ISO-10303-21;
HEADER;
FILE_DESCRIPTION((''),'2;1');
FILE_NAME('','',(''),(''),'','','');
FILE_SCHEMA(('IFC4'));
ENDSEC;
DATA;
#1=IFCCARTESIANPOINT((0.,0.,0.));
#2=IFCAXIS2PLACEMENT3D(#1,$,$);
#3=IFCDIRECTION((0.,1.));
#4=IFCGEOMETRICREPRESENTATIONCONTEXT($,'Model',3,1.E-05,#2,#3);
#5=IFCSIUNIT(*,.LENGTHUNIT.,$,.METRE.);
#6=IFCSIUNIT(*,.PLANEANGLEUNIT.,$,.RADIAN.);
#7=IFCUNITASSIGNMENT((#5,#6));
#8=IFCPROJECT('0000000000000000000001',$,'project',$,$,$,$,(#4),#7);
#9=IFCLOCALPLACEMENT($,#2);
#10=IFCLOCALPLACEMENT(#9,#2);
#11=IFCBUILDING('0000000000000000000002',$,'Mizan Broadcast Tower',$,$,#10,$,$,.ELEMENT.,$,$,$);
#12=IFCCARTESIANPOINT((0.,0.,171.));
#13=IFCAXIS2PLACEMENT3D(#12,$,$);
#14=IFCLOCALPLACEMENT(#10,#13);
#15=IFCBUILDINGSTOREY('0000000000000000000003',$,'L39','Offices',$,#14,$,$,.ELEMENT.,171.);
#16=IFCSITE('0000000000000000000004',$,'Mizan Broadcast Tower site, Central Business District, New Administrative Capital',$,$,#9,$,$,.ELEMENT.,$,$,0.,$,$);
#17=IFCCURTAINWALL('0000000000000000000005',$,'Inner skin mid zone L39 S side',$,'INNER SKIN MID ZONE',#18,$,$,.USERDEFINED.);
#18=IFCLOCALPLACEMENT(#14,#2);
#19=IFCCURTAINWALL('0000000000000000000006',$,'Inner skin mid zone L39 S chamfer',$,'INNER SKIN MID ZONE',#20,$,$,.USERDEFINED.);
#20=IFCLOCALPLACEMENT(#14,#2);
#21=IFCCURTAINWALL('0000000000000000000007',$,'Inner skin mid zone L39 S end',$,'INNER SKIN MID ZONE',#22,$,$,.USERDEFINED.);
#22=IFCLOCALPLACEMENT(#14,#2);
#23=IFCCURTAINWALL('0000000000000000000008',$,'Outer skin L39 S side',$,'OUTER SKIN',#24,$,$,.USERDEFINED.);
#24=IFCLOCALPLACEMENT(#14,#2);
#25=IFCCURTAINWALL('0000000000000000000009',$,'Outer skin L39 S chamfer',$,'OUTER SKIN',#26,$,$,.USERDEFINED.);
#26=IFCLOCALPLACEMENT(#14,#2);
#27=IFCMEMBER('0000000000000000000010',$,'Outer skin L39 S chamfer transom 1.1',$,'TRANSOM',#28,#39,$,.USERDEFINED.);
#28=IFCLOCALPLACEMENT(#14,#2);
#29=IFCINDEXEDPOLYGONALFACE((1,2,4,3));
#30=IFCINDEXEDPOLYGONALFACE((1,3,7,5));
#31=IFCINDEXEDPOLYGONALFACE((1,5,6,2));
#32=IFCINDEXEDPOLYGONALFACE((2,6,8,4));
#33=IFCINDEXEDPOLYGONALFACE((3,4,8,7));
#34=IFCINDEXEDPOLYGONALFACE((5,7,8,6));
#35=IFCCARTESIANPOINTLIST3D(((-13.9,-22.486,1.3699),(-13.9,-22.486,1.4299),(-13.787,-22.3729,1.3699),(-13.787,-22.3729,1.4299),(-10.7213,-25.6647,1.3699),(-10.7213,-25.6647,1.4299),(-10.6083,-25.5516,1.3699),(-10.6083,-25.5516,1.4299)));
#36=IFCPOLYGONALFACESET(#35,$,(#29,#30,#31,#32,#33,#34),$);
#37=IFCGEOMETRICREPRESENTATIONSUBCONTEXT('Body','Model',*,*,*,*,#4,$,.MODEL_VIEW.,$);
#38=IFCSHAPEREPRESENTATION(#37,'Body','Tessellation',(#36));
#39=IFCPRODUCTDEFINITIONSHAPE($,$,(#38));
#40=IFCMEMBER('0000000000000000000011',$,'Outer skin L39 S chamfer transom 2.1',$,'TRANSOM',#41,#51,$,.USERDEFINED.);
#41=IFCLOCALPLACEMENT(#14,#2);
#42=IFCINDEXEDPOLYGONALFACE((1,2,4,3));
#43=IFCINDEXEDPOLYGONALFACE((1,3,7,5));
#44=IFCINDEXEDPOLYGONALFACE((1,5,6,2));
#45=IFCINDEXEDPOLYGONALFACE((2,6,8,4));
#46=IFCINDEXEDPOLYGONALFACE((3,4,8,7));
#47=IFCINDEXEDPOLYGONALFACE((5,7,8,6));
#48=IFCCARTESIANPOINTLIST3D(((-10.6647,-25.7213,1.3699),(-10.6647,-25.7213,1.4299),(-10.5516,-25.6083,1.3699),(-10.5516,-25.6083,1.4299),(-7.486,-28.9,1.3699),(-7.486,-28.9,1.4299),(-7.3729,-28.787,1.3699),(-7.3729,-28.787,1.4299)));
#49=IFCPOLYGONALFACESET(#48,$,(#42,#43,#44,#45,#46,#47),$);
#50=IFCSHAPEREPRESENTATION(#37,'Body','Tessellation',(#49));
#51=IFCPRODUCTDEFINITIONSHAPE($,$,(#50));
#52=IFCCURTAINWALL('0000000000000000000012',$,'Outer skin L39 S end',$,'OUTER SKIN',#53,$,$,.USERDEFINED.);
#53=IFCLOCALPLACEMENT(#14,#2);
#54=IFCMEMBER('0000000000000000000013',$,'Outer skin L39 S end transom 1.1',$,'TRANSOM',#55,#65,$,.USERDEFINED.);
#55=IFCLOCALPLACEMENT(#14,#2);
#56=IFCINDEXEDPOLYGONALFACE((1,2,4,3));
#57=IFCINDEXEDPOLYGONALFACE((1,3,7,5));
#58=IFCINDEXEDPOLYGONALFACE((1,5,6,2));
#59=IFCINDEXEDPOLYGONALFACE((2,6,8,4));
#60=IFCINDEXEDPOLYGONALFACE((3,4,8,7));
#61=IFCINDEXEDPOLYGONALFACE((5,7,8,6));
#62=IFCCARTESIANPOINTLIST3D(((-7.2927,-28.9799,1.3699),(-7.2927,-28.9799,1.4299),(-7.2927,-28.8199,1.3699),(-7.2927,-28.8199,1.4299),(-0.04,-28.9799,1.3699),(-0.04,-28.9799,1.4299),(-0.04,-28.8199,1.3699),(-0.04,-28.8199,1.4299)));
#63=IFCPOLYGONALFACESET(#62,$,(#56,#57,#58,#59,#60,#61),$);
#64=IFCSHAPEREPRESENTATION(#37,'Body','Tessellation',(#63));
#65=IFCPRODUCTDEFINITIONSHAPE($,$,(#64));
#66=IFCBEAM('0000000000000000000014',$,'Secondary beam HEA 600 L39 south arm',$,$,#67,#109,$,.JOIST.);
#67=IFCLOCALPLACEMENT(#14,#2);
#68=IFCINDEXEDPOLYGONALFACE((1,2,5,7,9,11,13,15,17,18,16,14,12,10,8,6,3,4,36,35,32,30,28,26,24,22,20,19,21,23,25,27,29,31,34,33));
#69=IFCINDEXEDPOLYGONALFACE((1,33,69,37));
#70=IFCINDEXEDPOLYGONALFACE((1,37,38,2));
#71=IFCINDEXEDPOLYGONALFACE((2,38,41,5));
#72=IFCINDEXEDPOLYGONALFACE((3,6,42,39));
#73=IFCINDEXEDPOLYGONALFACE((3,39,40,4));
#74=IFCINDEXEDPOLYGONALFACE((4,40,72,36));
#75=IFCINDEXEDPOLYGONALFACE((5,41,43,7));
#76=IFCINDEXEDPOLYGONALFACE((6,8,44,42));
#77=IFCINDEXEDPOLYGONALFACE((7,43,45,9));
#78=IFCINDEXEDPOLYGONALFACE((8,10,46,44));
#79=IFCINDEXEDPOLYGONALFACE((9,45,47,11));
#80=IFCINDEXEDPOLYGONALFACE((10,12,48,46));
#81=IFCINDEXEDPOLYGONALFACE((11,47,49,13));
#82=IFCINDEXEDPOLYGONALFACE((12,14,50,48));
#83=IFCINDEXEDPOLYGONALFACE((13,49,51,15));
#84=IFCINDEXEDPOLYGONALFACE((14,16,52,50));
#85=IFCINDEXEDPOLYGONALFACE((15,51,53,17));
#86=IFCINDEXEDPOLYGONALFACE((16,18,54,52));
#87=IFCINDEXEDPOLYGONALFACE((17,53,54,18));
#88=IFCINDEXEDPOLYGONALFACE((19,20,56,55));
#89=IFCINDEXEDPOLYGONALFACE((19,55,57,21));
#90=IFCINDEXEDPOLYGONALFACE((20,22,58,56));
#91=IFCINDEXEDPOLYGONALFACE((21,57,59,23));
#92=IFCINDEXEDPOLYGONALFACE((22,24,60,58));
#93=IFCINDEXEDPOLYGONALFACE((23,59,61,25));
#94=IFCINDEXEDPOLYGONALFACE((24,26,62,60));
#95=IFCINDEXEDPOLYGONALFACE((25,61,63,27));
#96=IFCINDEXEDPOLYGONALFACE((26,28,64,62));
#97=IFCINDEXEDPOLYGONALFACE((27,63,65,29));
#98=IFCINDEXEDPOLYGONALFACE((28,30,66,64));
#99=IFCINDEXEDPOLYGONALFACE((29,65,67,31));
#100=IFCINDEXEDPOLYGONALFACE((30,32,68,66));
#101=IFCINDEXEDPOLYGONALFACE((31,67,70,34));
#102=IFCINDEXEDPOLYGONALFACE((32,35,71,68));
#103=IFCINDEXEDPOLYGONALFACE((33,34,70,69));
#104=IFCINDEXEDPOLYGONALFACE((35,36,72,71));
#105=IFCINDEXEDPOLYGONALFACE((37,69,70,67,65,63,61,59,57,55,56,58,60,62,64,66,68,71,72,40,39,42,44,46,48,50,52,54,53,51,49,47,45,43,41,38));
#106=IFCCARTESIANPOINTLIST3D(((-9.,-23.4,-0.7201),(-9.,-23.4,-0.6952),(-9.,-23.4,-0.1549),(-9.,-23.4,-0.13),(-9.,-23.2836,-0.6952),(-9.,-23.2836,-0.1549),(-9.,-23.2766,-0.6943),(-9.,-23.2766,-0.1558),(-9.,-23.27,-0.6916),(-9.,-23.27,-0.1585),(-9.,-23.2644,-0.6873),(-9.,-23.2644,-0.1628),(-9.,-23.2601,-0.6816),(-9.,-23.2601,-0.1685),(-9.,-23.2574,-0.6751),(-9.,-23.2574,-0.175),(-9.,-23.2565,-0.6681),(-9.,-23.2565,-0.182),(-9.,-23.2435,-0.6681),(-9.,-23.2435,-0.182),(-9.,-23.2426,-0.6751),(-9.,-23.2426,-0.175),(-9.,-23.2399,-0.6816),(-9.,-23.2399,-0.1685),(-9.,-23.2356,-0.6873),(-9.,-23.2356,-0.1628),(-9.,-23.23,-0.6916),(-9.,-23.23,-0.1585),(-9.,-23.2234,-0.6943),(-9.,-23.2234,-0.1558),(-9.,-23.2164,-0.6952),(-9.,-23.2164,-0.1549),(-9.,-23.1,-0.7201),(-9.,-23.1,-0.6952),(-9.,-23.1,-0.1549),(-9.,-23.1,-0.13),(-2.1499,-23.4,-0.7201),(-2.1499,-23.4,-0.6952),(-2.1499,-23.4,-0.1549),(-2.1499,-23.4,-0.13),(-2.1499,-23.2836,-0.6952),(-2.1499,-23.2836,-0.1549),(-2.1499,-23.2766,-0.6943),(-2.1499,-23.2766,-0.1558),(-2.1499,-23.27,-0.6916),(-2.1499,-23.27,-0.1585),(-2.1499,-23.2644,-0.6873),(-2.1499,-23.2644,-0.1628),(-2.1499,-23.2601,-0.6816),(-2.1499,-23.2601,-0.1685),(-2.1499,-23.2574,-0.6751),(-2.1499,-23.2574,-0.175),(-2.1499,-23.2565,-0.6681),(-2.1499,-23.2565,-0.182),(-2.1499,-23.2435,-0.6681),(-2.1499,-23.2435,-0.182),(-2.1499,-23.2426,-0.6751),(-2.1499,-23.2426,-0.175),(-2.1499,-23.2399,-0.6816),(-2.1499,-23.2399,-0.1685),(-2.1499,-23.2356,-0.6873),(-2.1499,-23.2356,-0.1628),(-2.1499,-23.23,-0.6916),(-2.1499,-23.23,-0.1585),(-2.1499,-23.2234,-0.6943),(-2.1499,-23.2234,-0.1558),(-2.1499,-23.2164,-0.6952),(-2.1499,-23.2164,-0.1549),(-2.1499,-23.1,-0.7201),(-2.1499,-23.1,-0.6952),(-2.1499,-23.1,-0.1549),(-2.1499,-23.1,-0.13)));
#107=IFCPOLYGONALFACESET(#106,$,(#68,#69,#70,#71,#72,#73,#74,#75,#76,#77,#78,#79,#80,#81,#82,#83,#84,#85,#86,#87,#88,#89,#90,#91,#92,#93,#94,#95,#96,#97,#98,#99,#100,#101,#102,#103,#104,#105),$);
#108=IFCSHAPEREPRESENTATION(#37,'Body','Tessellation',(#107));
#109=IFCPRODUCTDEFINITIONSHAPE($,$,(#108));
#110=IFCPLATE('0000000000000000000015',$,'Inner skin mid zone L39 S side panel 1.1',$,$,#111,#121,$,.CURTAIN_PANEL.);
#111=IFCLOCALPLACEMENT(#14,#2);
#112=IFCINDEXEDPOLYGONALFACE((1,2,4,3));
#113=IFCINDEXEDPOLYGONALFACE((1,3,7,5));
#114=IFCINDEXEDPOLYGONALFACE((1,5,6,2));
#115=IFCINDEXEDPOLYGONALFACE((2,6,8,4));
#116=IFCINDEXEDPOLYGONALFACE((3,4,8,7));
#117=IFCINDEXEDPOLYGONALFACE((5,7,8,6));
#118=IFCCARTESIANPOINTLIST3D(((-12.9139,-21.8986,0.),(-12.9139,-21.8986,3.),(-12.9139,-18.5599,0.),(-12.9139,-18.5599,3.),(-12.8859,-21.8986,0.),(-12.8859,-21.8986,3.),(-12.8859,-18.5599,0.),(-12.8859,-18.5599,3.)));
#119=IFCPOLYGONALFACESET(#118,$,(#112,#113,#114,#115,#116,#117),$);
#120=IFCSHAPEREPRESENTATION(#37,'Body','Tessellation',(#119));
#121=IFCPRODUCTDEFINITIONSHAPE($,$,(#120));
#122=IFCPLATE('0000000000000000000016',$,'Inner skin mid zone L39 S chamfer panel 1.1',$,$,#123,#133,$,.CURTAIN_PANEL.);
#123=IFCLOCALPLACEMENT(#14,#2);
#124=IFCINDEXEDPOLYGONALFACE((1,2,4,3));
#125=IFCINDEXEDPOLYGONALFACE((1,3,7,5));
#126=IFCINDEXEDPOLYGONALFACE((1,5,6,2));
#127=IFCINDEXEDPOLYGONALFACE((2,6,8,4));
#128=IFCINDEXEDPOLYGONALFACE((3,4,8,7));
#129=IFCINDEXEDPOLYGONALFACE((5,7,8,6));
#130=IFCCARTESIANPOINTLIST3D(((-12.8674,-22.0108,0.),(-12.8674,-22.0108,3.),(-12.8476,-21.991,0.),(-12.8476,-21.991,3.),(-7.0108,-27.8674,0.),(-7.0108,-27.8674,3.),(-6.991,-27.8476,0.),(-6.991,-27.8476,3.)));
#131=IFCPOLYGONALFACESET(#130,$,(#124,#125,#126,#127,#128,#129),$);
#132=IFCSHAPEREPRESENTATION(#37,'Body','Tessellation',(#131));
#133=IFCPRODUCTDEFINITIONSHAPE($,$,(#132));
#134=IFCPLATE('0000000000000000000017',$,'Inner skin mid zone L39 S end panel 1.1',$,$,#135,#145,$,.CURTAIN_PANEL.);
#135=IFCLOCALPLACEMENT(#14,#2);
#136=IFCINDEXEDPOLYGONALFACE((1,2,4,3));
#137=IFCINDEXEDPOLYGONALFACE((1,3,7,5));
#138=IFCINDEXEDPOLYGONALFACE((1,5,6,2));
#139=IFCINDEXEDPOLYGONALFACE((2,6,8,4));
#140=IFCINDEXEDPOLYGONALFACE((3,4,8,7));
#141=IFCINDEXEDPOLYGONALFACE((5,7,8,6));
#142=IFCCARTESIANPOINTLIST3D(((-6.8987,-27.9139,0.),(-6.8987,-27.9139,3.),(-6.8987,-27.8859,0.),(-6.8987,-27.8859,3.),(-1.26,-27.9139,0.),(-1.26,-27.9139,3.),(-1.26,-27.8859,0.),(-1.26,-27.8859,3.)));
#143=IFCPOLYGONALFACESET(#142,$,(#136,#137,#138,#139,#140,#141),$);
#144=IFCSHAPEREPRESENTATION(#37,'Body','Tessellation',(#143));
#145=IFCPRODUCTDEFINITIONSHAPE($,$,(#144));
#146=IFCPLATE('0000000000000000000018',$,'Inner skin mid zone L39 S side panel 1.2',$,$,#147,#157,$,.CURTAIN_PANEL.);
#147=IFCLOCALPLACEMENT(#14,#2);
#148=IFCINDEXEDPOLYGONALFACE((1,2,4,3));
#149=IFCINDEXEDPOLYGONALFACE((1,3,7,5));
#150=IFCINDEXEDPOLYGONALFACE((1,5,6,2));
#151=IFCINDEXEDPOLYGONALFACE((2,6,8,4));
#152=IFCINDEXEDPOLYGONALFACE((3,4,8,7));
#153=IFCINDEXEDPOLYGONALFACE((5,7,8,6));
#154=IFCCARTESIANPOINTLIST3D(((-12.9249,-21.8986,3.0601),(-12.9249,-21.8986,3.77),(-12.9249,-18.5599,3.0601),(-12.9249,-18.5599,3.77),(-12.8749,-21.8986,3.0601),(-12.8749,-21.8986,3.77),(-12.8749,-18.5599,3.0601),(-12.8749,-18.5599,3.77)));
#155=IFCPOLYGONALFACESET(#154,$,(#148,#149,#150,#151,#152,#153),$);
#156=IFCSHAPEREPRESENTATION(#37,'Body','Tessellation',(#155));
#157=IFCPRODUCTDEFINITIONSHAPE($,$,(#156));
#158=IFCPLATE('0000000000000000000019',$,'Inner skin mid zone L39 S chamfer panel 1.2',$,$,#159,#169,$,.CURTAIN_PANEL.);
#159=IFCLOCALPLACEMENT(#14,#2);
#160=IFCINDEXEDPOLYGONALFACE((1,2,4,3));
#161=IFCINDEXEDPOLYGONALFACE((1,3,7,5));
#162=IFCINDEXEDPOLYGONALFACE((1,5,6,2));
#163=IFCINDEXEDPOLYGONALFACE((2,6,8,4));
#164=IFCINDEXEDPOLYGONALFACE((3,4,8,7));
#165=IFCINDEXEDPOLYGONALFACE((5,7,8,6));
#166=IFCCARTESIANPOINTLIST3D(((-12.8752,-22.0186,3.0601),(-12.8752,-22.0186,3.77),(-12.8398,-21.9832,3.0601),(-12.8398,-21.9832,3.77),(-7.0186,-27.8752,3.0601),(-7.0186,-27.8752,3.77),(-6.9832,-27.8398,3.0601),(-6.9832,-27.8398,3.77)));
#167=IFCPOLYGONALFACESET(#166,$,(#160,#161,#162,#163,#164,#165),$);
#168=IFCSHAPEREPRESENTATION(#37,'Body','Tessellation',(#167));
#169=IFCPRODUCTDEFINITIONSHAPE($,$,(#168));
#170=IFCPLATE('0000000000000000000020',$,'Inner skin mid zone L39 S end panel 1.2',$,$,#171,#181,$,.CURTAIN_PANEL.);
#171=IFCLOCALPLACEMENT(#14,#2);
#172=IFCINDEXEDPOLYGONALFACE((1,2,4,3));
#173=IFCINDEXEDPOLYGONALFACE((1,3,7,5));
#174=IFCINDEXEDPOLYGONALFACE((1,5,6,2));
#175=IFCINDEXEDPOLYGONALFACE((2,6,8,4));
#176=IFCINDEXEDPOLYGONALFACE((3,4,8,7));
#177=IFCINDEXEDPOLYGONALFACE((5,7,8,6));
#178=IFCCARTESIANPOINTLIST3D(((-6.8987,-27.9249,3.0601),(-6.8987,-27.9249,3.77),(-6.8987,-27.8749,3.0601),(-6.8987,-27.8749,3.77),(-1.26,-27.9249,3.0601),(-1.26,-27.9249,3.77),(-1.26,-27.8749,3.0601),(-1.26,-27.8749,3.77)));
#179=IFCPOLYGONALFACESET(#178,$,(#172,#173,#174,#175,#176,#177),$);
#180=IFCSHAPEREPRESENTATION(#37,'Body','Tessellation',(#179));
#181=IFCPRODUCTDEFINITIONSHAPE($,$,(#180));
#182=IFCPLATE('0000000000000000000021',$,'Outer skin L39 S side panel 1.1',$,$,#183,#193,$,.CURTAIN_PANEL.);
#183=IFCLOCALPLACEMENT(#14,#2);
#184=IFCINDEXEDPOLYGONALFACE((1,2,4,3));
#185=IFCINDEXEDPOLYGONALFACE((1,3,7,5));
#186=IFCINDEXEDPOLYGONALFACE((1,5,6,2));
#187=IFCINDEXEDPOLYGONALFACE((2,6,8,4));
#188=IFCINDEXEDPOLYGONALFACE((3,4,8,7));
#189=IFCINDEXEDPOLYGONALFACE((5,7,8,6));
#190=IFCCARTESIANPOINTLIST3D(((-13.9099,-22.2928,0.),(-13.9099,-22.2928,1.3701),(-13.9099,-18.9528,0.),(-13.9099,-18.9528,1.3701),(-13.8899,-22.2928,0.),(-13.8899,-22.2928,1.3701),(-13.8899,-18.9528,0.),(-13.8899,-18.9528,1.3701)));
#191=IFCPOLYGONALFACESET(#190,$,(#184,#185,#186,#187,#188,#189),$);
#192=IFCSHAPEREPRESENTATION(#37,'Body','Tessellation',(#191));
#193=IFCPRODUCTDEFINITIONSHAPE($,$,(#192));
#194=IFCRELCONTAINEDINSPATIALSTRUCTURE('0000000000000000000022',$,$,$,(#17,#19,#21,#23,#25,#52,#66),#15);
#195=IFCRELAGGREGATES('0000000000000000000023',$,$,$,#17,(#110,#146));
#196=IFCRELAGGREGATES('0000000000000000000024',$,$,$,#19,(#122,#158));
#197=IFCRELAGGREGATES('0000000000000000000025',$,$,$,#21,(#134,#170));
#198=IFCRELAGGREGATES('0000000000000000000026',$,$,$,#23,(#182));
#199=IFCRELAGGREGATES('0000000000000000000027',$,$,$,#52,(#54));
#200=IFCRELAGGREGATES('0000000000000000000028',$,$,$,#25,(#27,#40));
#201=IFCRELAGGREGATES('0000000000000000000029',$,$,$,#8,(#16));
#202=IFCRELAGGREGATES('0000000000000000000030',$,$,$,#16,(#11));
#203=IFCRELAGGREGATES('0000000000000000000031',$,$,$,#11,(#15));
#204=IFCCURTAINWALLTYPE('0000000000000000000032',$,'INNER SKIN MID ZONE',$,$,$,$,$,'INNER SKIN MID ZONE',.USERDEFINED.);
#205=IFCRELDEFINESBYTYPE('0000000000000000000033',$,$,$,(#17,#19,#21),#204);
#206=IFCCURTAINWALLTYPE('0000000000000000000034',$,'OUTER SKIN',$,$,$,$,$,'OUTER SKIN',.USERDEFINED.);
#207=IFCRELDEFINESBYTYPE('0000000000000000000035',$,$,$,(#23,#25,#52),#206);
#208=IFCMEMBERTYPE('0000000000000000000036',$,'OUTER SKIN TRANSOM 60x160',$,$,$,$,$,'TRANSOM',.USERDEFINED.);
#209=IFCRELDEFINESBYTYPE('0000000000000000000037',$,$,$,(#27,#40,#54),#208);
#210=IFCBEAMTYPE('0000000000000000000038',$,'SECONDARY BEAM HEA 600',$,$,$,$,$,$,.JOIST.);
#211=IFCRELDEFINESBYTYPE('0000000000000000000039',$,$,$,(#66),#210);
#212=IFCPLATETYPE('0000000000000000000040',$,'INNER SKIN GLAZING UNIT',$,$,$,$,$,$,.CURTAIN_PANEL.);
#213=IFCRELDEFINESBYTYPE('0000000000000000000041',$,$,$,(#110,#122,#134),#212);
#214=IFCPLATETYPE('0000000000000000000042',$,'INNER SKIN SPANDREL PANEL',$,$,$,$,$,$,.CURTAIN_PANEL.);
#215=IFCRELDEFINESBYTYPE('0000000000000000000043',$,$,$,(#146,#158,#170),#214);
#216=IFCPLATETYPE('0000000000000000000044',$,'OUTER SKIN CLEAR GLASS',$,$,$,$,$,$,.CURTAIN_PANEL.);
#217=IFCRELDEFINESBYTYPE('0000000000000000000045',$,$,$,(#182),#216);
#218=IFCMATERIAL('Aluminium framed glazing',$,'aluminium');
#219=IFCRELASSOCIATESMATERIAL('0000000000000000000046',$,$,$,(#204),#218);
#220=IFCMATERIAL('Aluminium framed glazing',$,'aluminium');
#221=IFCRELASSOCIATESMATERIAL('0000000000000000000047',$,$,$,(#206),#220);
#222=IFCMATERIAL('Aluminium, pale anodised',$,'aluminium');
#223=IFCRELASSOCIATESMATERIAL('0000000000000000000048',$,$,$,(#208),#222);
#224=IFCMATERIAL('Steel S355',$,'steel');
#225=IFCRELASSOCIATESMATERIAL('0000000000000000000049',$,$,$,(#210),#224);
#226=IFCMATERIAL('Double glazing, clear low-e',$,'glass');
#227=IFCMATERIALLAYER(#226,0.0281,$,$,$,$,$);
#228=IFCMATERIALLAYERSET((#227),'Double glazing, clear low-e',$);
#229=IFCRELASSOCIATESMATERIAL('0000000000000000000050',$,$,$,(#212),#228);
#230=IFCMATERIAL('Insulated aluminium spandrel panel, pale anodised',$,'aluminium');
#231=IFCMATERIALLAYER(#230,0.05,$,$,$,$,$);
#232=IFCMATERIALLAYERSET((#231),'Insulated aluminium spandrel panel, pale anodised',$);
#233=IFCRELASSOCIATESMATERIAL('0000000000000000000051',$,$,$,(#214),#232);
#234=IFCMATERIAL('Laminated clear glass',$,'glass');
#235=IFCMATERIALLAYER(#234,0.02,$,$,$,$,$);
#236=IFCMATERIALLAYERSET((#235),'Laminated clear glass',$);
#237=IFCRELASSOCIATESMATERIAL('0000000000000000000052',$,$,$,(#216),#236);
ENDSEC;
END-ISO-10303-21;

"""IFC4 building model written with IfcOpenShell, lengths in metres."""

from ifc_helpers import new_model, si_unit, direction, frame, origin, origin_2d, place, context, subcontext, project, spatial, rectangle, i_section, extrude, material, layer, layer_set, material_profile, profile_set, type_object, element, aggregate, save


model = new_model("IFC4")

# Units and contexts
model_context = context("Model", 3, precision=1e-05, world=origin(), true_north=direction((0.0, 1.0)))
body_context = subcontext(model_context, "Body", "Model", "MODEL_VIEW")
ifc_project = project(units=[si_unit("LENGTHUNIT", "METRE"), si_unit("PLANEANGLEUNIT", "RADIAN")], contexts=[model_context])

# Site, building, storey
site_placement = place(None, origin())
site = spatial("IfcSite", under=ifc_project, at=site_placement, Name="Mizan Broadcast Tower site, Central Business District, New Administrative Capital", CompositionType="ELEMENT", RefElevation=0.0)
building_placement = place(site_placement, origin())
building = spatial("IfcBuilding", under=site, at=building_placement, Name="Mizan Broadcast Tower", CompositionType="ELEMENT")
storey_placement = place(building_placement, frame((0.0, 0.0, 171.0)))
storey = spatial("IfcBuildingStorey", under=building, at=storey_placement, Name="L39", Description="Offices", CompositionType="ELEMENT", Elevation=171.0)

# Curtain walls
ifc_material_1 = material(Name="Aluminium framed glazing", Category="aluminium")
curtain_wall_type_1 = type_object("IfcCurtainWallType", Name="INNER SKIN MID ZONE", ElementType="INNER SKIN MID ZONE", PredefinedType="USERDEFINED", material=ifc_material_1)
curtain_wall_1_placement = place(storey_placement, origin())
curtain_wall_1 = element("IfcCurtainWall", 1, at=curtain_wall_1_placement, inside=storey, type_object=curtain_wall_type_1, Name="Inner skin mid zone L39 S side", ObjectType="INNER SKIN MID ZONE", PredefinedType="USERDEFINED")
curtain_wall_2_placement = place(storey_placement, origin())
curtain_wall_2 = element("IfcCurtainWall", 2, at=curtain_wall_2_placement, inside=storey, type_object=curtain_wall_type_1, Name="Inner skin mid zone L39 S chamfer", ObjectType="INNER SKIN MID ZONE", PredefinedType="USERDEFINED")
curtain_wall_3_placement = place(storey_placement, origin())
curtain_wall_3 = element("IfcCurtainWall", 3, at=curtain_wall_3_placement, inside=storey, type_object=curtain_wall_type_1, Name="Inner skin mid zone L39 S end", ObjectType="INNER SKIN MID ZONE", PredefinedType="USERDEFINED")

# Curtain wall
ifc_material_2 = material(Name="Aluminium framed glazing", Category="aluminium")
curtain_wall_type_2 = type_object("IfcCurtainWallType", Name="OUTER SKIN", ElementType="OUTER SKIN", PredefinedType="USERDEFINED", material=ifc_material_2)
curtain_wall_4_placement = place(storey_placement, origin())
curtain_wall_4 = element("IfcCurtainWall", 4, at=curtain_wall_4_placement, inside=storey, type_object=curtain_wall_type_2, Name="Outer skin L39 S side", ObjectType="OUTER SKIN", PredefinedType="USERDEFINED")

# Curtain wall, members
curtain_wall_5_placement = place(storey_placement, origin())
curtain_wall_5 = element("IfcCurtainWall", 5, at=curtain_wall_5_placement, inside=storey, type_object=curtain_wall_type_2, Name="Outer skin L39 S chamfer", ObjectType="OUTER SKIN", PredefinedType="USERDEFINED")
ifc_material_3 = material(Name="Aluminium, pale anodised", Category="aluminium")
ifc_material_profile_1 = material_profile(ifc_material_3, rectangle(XDim=0.1599, YDim=0.0601, at=origin_2d()), Name="TRANSOM 160x60")
ifc_profile_set_1 = profile_set([ifc_material_profile_1], Name="Aluminium, pale anodised")
member_type_1 = type_object("IfcMemberType", Name="OUTER SKIN TRANSOM 60x160", ElementType="TRANSOM", PredefinedType="USERDEFINED", material=ifc_profile_set_1)
member_1_placement = place(storey_placement, frame((-13.8435, -22.4294, 1.3999), z_axis=(0.707107, -0.707107, 0.0), x_axis=(0.707107, 0.707107, 0.0)))
member_1 = element("IfcMember", 6, at=member_1_placement, type_object=member_type_1, Name="Outer skin L39 S chamfer transom 1.1", ObjectType="TRANSOM", PredefinedType="USERDEFINED", context=body_context, shape_type="SweptSolid", body=[
    extrude(rectangle(XDim=0.1599, YDim=0.0601, at=origin_2d()), origin(), (0.0, 0.0, 1.0), 4.4954),
])
member_2_placement = place(storey_placement, frame((-10.6082, -25.6648, 1.3999), z_axis=(0.707107, -0.707107, 0.0), x_axis=(0.707107, 0.707107, 0.0)))
member_2 = element("IfcMember", 7, at=member_2_placement, type_object=member_type_1, Name="Outer skin L39 S chamfer transom 2.1", ObjectType="TRANSOM", PredefinedType="USERDEFINED", context=body_context, shape_type="SweptSolid", body=[
    extrude(rectangle(XDim=0.1599, YDim=0.0601, at=origin_2d()), origin(), (0.0, 0.0, 1.0), 4.4954),
])

# Curtain wall, member
curtain_wall_6_placement = place(storey_placement, origin())
curtain_wall_6 = element("IfcCurtainWall", 8, at=curtain_wall_6_placement, inside=storey, type_object=curtain_wall_type_2, Name="Outer skin L39 S end", ObjectType="OUTER SKIN", PredefinedType="USERDEFINED")
member_3_placement = place(storey_placement, frame((-7.2927, -28.8999, 1.3999), z_axis=(1.0, 0.0, 0.0), x_axis=(0.0, 1.0, 0.0)))
member_3 = element("IfcMember", 9, at=member_3_placement, type_object=member_type_1, Name="Outer skin L39 S end transom 1.1", ObjectType="TRANSOM", PredefinedType="USERDEFINED", context=body_context, shape_type="SweptSolid", body=[
    extrude(rectangle(XDim=0.1599, YDim=0.0601, at=origin_2d()), origin(), (0.0, 0.0, 1.0), 7.2527),
])

# Beam
ifc_material_4 = material(Name="Steel S355", Category="steel")
ifc_material_profile_2 = material_profile(ifc_material_4, i_section(OverallWidth=0.3, OverallDepth=0.5901, WebThickness=0.0129, FlangeThickness=0.0249, FilletRadius=0.0271, at=origin_2d()), Name="HEA 600")
ifc_profile_set_2 = profile_set([ifc_material_profile_2], Name="Steel S355")
beam_type_1 = type_object("IfcBeamType", Name="SECONDARY BEAM HEA 600", PredefinedType="JOIST", material=ifc_profile_set_2)
beam_1_placement = place(storey_placement, frame((-9.0, -23.25, -0.425), z_axis=(1.0, 0.0, 0.0), x_axis=(0.0, 1.0, 0.0)))
element("IfcBeam", 10, at=beam_1_placement, inside=storey, type_object=beam_type_1, Name="Secondary beam HEA 600 L39 south arm", PredefinedType="JOIST", context=body_context, shape_type="SweptSolid", body=[
    extrude(i_section(OverallWidth=0.3, OverallDepth=0.5901, WebThickness=0.0129, FlangeThickness=0.0249, FilletRadius=0.0271, at=origin_2d()), origin(), (0.0, 0.0, 1.0), 6.8501),
])

# Plates
ifc_material_5 = material(Name="Double glazing, clear low-e", Category="glass")
ifc_layer_1 = layer(ifc_material_5, 0.0281)
ifc_layer_set_1 = layer_set([ifc_layer_1], Name="Double glazing, clear low-e")
plate_type_1 = type_object("IfcPlateType", Name="INNER SKIN GLAZING UNIT", PredefinedType="CURTAIN_PANEL", material=ifc_layer_set_1)
plate_1_placement = place(storey_placement, frame((-12.8999, -20.2292, 0.0), z_axis=(0.0, 0.0, 1.0), x_axis=(0.0, -1.0, 0.0)))
plate_1 = element("IfcPlate", 11, at=plate_1_placement, type_object=plate_type_1, Name="Inner skin mid zone L39 S side panel 1.1", PredefinedType="CURTAIN_PANEL", context=body_context, shape_type="SweptSolid", body=[
    extrude(rectangle(XDim=3.3386, YDim=0.0281, at=origin_2d()), origin(), (0.0, 0.0, 1.0), 3.0),
])
plate_2_placement = place(storey_placement, frame((-9.9292, -24.9292, 0.0), z_axis=(0.0, 0.0, 1.0), x_axis=(0.707107, -0.707107, 0.0)))
plate_2 = element("IfcPlate", 12, at=plate_2_placement, type_object=plate_type_1, Name="Inner skin mid zone L39 S chamfer panel 1.1", PredefinedType="CURTAIN_PANEL", context=body_context, shape_type="SweptSolid", body=[
    extrude(rectangle(XDim=8.2825, YDim=0.0281, at=origin_2d()), origin(), (0.0, 0.0, 1.0), 3.0),
])
plate_3_placement = place(storey_placement, frame((-4.0793, -27.8999, 0.0), z_axis=(0.0, 0.0, 1.0), x_axis=(1.0, 0.0, 0.0)))
plate_3 = element("IfcPlate", 13, at=plate_3_placement, type_object=plate_type_1, Name="Inner skin mid zone L39 S end panel 1.1", PredefinedType="CURTAIN_PANEL", context=body_context, shape_type="SweptSolid", body=[
    extrude(rectangle(XDim=5.6387, YDim=0.0281, at=origin_2d()), origin(), (0.0, 0.0, 1.0), 3.0),
])
ifc_material_6 = material(Name="Insulated aluminium spandrel panel, pale anodised", Category="aluminium")
ifc_layer_2 = layer(ifc_material_6, 0.05)
ifc_layer_set_2 = layer_set([ifc_layer_2], Name="Insulated aluminium spandrel panel, pale anodised")
plate_type_2 = type_object("IfcPlateType", Name="INNER SKIN SPANDREL PANEL", PredefinedType="CURTAIN_PANEL", material=ifc_layer_set_2)
plate_4_placement = place(storey_placement, frame((-12.8999, -20.2292, 3.0601), z_axis=(0.0, 0.0, 1.0), x_axis=(0.0, -1.0, 0.0)))
plate_4 = element("IfcPlate", 14, at=plate_4_placement, type_object=plate_type_2, Name="Inner skin mid zone L39 S side panel 1.2", PredefinedType="CURTAIN_PANEL", context=body_context, shape_type="SweptSolid", body=[
    extrude(rectangle(XDim=3.3386, YDim=0.05, at=origin_2d()), origin(), (0.0, 0.0, 1.0), 0.71),
])
aggregate(curtain_wall_1, [plate_1, plate_4])
plate_5_placement = place(storey_placement, frame((-9.9292, -24.9292, 3.0601), z_axis=(0.0, 0.0, 1.0), x_axis=(0.707107, -0.707107, 0.0)))
plate_5 = element("IfcPlate", 15, at=plate_5_placement, type_object=plate_type_2, Name="Inner skin mid zone L39 S chamfer panel 1.2", PredefinedType="CURTAIN_PANEL", context=body_context, shape_type="SweptSolid", body=[
    extrude(rectangle(XDim=8.2825, YDim=0.05, at=origin_2d()), origin(), (0.0, 0.0, 1.0), 0.71),
])
aggregate(curtain_wall_2, [plate_2, plate_5])
plate_6_placement = place(storey_placement, frame((-4.0793, -27.8999, 3.0601), z_axis=(0.0, 0.0, 1.0), x_axis=(1.0, 0.0, 0.0)))
plate_6 = element("IfcPlate", 16, at=plate_6_placement, type_object=plate_type_2, Name="Inner skin mid zone L39 S end panel 1.2", PredefinedType="CURTAIN_PANEL", context=body_context, shape_type="SweptSolid", body=[
    extrude(rectangle(XDim=5.6387, YDim=0.05, at=origin_2d()), origin(), (0.0, 0.0, 1.0), 0.71),
])
aggregate(curtain_wall_3, [plate_3, plate_6])
ifc_material_7 = material(Name="Laminated clear glass", Category="glass")
ifc_layer_3 = layer(ifc_material_7, 0.02)
ifc_layer_set_3 = layer_set([ifc_layer_3], Name="Laminated clear glass")
plate_type_3 = type_object("IfcPlateType", Name="OUTER SKIN CLEAR GLASS", PredefinedType="CURTAIN_PANEL", material=ifc_layer_set_3)
plate_7_placement = place(storey_placement, frame((-13.8999, -20.6228, 0.0), z_axis=(0.0, 0.0, 1.0), x_axis=(0.0, -1.0, 0.0)))
plate_7 = element("IfcPlate", 17, at=plate_7_placement, type_object=plate_type_3, Name="Outer skin L39 S side panel 1.1", PredefinedType="CURTAIN_PANEL", context=body_context, shape_type="SweptSolid", body=[
    extrude(rectangle(XDim=3.3401, YDim=0.02, at=origin_2d()), origin(), (0.0, 0.0, 1.0), 1.3701),
])
aggregate(curtain_wall_4, [plate_7])
aggregate(curtain_wall_6, [member_3])
aggregate(curtain_wall_5, [member_1, member_2])

save(model, "model.ifc")
